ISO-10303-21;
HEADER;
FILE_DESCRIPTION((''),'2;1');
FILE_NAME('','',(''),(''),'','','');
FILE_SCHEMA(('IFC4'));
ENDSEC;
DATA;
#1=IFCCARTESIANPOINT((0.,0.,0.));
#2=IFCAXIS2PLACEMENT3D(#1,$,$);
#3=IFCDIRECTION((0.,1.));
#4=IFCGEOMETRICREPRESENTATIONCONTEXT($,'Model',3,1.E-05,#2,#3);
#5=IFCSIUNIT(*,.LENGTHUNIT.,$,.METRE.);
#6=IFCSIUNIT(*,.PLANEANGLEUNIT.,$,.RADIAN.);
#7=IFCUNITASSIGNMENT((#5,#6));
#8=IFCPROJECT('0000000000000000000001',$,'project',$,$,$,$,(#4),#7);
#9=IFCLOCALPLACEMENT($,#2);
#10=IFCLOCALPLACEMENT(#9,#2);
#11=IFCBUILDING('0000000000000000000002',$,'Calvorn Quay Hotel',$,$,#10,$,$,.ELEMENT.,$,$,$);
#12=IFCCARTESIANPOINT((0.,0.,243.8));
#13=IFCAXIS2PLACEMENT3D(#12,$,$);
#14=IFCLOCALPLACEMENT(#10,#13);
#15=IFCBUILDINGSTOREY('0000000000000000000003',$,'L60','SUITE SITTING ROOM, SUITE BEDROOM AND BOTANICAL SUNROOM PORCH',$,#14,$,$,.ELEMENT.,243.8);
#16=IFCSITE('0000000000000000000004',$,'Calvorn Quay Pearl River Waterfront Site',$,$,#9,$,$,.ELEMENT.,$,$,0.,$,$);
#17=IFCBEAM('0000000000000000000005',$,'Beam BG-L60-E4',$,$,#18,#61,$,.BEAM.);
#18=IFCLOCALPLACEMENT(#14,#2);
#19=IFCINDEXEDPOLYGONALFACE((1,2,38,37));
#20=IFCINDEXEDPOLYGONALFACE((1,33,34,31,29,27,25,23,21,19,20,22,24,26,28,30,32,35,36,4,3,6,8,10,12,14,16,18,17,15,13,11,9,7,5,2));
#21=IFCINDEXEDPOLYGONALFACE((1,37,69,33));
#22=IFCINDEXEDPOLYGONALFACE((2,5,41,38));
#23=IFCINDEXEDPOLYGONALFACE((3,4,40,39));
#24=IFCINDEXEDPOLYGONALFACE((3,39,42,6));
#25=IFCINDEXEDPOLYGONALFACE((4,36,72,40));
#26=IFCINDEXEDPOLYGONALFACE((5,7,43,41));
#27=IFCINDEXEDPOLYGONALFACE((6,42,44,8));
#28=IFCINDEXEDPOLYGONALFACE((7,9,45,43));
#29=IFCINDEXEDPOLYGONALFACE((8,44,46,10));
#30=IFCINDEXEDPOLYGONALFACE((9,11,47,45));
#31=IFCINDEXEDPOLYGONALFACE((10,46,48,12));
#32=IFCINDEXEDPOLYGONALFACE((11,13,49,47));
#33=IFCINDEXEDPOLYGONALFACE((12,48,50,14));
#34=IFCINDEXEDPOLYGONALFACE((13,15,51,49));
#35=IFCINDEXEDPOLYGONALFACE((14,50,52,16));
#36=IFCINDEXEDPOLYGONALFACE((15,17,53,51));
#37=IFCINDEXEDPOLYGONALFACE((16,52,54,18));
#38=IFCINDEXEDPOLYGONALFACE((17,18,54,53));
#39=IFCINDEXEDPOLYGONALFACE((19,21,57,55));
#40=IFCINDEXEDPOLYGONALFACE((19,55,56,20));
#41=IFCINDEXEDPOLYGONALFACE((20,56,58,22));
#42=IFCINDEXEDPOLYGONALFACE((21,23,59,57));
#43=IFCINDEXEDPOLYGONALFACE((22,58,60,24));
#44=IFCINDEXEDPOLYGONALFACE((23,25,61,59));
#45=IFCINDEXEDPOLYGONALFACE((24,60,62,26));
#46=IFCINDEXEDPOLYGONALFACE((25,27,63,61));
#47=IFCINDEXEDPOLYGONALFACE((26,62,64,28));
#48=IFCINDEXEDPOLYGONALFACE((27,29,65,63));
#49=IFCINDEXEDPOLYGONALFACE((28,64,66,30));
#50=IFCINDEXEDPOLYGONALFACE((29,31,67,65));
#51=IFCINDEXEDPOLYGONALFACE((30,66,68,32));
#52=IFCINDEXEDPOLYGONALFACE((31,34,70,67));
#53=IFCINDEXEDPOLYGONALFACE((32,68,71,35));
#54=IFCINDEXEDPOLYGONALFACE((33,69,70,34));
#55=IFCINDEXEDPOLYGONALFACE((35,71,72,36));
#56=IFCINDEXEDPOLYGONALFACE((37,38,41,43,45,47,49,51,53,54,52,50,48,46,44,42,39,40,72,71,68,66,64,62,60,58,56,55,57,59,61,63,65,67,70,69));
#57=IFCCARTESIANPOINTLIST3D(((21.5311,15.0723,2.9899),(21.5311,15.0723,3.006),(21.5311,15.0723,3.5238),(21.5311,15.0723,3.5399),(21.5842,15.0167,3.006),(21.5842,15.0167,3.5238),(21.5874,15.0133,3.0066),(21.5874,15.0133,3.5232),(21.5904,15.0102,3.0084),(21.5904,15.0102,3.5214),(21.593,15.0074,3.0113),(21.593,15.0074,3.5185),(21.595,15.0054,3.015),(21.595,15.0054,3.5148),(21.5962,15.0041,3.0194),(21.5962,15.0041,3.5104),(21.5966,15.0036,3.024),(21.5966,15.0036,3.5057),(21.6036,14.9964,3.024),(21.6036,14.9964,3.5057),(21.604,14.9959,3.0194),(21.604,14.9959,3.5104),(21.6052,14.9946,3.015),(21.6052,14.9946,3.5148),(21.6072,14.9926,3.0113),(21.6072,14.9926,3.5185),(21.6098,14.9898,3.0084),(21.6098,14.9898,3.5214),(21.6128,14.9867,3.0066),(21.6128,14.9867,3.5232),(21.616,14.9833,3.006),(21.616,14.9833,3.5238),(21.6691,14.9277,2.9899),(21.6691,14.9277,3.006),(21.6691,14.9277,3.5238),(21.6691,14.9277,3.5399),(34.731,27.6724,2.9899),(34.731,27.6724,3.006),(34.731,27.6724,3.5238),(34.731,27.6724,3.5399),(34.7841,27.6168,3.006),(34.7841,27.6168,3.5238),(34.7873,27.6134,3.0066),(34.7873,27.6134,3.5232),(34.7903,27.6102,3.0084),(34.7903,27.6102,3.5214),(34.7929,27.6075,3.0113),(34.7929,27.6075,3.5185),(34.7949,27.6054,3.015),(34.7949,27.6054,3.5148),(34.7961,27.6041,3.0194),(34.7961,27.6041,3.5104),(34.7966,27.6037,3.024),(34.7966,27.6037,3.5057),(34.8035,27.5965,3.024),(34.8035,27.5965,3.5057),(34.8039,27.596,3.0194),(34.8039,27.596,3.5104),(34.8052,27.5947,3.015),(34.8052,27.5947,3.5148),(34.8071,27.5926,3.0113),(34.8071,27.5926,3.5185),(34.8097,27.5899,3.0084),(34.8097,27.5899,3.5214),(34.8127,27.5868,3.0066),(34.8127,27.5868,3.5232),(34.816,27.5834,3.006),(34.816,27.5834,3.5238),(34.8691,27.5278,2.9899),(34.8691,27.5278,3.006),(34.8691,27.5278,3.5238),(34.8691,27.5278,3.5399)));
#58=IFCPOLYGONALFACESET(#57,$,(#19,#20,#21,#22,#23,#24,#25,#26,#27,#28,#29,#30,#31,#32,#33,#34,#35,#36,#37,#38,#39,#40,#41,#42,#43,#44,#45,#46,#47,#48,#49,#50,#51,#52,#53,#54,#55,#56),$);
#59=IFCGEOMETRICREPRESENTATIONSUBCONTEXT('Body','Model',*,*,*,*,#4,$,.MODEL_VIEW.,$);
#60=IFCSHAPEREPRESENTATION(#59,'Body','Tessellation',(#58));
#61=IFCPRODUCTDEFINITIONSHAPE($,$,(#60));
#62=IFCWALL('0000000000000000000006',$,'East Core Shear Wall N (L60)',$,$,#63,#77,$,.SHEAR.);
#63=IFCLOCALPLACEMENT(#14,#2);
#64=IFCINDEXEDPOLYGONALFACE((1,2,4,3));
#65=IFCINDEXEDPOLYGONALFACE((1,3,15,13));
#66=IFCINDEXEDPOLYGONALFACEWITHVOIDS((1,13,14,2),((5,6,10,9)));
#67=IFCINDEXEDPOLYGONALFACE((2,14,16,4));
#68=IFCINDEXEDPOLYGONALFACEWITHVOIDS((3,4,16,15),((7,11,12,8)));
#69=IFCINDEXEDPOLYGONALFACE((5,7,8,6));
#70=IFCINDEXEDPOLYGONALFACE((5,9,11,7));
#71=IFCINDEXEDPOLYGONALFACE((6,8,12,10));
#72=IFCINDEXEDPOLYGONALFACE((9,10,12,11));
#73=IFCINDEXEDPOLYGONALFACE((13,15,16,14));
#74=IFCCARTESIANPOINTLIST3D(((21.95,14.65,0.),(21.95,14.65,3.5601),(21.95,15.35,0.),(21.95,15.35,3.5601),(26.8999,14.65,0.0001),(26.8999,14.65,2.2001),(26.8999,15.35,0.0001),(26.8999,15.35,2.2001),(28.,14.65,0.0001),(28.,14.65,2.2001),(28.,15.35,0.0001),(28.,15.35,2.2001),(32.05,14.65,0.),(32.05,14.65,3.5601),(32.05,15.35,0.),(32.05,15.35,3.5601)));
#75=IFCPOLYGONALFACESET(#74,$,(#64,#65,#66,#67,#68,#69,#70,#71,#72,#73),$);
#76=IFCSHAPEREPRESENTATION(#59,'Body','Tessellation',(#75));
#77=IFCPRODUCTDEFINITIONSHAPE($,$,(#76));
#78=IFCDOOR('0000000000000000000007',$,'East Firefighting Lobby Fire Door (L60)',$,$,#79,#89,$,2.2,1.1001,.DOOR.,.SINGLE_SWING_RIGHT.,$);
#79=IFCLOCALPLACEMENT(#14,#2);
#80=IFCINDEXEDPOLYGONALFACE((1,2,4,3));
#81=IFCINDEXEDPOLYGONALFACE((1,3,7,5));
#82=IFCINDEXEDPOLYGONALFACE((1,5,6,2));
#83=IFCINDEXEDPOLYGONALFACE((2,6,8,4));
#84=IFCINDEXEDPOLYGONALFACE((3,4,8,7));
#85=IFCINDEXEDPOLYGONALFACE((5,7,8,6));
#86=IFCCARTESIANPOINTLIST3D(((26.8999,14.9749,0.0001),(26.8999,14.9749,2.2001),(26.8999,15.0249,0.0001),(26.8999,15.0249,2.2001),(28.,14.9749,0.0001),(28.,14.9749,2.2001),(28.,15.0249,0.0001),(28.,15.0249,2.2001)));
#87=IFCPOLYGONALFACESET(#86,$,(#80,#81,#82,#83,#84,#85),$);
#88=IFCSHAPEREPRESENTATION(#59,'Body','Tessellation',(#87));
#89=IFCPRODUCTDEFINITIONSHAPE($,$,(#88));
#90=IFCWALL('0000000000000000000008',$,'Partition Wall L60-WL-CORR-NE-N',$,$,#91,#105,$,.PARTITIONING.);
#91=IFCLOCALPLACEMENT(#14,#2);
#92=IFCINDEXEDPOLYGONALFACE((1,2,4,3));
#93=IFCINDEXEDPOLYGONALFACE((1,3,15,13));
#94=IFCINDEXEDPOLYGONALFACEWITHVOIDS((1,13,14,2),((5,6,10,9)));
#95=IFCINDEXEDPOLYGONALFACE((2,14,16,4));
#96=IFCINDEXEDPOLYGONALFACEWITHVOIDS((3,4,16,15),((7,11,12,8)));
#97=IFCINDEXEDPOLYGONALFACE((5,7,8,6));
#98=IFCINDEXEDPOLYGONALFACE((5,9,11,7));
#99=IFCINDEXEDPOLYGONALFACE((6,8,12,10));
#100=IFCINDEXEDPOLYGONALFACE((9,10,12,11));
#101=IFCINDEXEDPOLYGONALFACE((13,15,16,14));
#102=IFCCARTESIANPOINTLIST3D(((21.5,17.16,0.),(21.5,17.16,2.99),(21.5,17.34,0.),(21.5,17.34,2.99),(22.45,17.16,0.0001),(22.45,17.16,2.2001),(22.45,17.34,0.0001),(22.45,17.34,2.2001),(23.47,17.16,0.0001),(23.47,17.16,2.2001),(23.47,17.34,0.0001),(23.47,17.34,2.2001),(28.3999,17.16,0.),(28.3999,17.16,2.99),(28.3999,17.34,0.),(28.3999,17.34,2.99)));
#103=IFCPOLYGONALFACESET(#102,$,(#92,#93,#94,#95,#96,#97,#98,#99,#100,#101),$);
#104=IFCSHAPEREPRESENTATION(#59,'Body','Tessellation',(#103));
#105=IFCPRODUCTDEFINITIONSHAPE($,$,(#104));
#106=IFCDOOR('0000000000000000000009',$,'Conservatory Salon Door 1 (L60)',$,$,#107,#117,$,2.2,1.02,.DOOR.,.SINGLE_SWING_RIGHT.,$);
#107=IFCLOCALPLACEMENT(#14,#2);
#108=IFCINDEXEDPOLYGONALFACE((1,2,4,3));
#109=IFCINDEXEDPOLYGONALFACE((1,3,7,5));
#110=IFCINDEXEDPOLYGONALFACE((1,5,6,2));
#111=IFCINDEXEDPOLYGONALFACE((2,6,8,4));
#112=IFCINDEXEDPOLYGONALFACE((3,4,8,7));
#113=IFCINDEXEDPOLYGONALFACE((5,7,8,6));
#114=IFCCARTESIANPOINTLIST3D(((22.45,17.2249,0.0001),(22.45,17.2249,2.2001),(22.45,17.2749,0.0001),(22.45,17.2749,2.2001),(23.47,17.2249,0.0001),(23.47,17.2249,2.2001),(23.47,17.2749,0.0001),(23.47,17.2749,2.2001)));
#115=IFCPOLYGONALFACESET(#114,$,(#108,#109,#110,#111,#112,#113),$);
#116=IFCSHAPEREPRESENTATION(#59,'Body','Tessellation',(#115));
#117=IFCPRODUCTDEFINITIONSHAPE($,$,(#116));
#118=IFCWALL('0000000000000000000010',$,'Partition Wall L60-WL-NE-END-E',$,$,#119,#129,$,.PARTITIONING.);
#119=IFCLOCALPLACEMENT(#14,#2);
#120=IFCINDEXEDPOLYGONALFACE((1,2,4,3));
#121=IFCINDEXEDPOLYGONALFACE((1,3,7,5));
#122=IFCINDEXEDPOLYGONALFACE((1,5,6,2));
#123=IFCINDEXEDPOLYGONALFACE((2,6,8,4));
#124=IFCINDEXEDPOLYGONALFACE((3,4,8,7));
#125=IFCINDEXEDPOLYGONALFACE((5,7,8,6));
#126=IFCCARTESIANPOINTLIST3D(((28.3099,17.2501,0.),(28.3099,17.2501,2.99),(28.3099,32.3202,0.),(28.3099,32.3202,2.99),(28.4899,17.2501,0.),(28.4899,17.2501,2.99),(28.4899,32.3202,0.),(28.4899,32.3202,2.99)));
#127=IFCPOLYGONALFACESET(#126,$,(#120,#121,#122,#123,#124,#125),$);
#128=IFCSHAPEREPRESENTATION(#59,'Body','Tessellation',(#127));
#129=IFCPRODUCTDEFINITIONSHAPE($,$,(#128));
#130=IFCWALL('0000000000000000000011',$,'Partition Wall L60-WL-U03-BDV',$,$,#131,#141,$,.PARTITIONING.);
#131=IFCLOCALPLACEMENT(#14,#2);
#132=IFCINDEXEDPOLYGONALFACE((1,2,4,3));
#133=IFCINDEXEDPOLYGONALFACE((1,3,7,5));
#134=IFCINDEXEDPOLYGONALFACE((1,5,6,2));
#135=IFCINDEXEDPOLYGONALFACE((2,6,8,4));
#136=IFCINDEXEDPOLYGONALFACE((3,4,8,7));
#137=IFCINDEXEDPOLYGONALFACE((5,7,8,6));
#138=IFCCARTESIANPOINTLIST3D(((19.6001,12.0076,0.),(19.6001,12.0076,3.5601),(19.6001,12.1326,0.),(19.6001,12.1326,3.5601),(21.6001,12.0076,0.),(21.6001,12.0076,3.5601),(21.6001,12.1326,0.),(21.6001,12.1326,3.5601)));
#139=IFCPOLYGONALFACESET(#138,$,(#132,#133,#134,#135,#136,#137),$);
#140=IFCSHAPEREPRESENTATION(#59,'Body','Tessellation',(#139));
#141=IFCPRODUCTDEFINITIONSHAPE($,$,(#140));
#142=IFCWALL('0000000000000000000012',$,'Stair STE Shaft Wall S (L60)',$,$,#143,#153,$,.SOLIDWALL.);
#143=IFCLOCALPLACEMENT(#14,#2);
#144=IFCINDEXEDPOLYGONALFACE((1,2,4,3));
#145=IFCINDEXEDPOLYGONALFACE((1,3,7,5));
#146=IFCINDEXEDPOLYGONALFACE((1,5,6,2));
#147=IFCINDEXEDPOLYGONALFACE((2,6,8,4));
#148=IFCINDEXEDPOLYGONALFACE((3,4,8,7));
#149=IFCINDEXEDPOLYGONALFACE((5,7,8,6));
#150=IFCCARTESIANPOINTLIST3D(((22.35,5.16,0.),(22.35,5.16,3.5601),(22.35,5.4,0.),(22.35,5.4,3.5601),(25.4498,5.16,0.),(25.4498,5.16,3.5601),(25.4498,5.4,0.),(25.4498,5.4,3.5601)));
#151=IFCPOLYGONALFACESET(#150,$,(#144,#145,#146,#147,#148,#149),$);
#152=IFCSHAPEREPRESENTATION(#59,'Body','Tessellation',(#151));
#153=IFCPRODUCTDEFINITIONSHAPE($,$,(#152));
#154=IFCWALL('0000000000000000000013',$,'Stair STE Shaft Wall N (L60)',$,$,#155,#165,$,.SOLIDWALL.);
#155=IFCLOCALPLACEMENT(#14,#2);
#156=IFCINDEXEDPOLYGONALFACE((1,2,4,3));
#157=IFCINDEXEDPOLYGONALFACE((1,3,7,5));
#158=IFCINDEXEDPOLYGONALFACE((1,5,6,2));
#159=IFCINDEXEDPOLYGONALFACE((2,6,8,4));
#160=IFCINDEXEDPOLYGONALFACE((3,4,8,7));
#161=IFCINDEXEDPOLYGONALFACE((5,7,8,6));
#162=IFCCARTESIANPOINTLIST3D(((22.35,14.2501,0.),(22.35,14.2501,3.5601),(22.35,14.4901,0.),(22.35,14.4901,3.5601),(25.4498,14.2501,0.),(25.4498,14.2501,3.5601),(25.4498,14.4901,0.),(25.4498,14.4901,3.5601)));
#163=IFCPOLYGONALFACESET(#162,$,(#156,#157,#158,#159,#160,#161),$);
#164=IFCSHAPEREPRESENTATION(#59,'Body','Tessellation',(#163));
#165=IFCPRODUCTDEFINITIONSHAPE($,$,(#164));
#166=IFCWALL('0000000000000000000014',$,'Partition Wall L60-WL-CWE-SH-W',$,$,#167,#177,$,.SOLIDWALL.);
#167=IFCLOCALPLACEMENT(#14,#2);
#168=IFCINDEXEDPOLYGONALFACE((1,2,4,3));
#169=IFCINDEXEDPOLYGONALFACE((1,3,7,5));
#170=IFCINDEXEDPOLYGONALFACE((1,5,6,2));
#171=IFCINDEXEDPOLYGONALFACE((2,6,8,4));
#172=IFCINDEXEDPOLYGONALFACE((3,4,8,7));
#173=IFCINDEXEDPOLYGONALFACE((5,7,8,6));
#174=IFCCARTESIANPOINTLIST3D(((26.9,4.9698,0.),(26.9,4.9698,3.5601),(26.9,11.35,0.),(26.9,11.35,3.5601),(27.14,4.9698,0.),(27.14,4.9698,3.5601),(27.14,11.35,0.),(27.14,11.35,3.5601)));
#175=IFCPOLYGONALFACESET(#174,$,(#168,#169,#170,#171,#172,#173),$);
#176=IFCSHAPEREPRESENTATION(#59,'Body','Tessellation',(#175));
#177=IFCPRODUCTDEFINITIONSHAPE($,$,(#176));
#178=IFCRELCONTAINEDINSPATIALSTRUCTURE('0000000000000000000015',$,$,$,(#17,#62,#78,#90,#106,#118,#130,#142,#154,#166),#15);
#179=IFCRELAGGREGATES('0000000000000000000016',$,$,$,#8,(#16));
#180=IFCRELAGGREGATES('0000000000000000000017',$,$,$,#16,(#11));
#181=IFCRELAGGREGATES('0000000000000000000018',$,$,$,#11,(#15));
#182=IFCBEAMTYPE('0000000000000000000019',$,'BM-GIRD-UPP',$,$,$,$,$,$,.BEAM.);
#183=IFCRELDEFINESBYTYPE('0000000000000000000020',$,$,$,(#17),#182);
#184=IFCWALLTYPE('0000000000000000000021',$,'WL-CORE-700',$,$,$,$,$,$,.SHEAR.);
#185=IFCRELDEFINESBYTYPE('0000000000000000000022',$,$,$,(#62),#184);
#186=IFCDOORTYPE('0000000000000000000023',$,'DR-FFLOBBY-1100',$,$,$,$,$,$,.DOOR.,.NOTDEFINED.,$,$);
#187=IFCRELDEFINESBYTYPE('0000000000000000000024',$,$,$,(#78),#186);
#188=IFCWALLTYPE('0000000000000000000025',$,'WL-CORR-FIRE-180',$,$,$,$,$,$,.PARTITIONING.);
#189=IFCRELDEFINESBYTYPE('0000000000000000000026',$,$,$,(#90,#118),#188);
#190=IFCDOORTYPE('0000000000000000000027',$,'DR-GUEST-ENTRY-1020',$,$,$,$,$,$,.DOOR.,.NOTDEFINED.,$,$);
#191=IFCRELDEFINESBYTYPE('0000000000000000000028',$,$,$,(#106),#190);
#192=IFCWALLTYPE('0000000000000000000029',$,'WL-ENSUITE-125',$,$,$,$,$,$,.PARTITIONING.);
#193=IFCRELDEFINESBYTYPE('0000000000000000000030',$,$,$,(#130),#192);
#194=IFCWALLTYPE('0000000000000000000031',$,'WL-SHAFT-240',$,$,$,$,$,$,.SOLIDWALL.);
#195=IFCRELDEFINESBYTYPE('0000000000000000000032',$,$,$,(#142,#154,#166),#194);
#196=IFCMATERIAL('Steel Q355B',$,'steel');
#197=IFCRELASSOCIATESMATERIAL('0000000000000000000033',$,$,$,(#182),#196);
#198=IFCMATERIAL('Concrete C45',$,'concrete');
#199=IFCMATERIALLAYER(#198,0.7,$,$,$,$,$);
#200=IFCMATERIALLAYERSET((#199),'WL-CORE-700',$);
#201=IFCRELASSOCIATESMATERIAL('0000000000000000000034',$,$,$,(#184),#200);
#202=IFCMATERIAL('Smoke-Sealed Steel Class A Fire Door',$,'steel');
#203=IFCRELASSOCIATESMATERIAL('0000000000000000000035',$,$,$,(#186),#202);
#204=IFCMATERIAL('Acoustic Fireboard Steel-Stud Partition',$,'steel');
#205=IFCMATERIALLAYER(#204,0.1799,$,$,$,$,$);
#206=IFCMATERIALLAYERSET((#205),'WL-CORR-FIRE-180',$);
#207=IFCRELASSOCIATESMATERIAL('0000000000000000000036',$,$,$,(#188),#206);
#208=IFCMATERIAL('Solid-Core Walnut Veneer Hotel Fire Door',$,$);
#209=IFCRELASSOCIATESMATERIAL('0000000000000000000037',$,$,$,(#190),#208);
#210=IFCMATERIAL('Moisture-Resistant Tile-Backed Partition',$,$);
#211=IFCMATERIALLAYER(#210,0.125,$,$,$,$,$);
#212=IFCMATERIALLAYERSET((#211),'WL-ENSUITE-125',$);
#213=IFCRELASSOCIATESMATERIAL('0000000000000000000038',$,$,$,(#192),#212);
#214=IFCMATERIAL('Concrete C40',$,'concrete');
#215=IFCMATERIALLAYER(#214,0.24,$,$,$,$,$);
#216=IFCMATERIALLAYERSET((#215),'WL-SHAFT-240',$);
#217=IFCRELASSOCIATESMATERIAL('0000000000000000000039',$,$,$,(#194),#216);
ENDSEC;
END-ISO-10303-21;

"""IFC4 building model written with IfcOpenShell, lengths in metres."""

from ifc_helpers import new_model, si_unit, direction, frame, frame_2d, origin, origin_2d, place, context, subcontext, project, spatial, rectangle, i_section, extrude, material, layer, layer_set, material_profile, profile_set, type_object, element, fill, save


model = new_model("IFC4")

# Units and contexts
model_context = context("Model", 3, precision=1e-05, world=origin(), true_north=direction((0.0, 1.0)))
body_context = subcontext(model_context, "Body", "Model", "MODEL_VIEW")
ifc_project = project(units=[si_unit("LENGTHUNIT", "METRE"), si_unit("PLANEANGLEUNIT", "RADIAN")], contexts=[model_context])

# Site, building, storey
site_placement = place(None, origin())
site = spatial("IfcSite", under=ifc_project, at=site_placement, Name="Calvorn Quay Pearl River Waterfront Site", CompositionType="ELEMENT", RefElevation=0.0)
building_placement = place(site_placement, origin())
building = spatial("IfcBuilding", under=site, at=building_placement, Name="Calvorn Quay Hotel", CompositionType="ELEMENT")
storey_placement = place(building_placement, frame((0.0, 0.0, 243.8)))
storey = spatial("IfcBuildingStorey", under=building, at=storey_placement, Name="L60", Description="SUITE SITTING ROOM, SUITE BEDROOM AND BOTANICAL SUNROOM PORCH", CompositionType="ELEMENT", Elevation=243.8)

# Beam
ifc_material_1 = material(Name="Steel Q355B", Category="steel")
ifc_material_profile = material_profile(ifc_material_1, i_section(OverallWidth=0.2, OverallDepth=0.55, WebThickness=0.01, FlangeThickness=0.0161, FilletRadius=0.0181, at=origin_2d()), Name="HN550x200x10x16")
ifc_profile_set = profile_set([ifc_material_profile], Name="Steel Q355B")
beam_type = type_object("IfcBeamType", Name="BM-GIRD-UPP", PredefinedType="BEAM", material=ifc_profile_set)
beam_placement = place(storey_placement, frame((21.6001, 15.0, 3.2649), z_axis=(0.723352, 0.69048, 0.0), x_axis=(-0.69048, 0.723352, 0.0)))
element("IfcBeam", 1, at=beam_placement, inside=storey, type_object=beam_type, Name="Beam BG-L60-E4", PredefinedType="BEAM", context=body_context, shape_type="SweptSolid", body=[
    extrude(i_section(OverallWidth=0.2, OverallDepth=0.55, WebThickness=0.01, FlangeThickness=0.0161, FilletRadius=0.0181, at=origin_2d()), origin(), (0.0, 0.0, 1.0), 18.2483),
])

# Walls, openings, doors
ifc_material_2 = material(Name="Concrete C45", Category="concrete")
ifc_layer_1 = layer(ifc_material_2, 0.7)
ifc_layer_set_1 = layer_set([ifc_layer_1], Name="WL-CORE-700")
wall_type_1 = type_object("IfcWallType", Name="WL-CORE-700", PredefinedType="SHEAR", material=ifc_layer_set_1)
wall_1_placement = place(storey_placement, frame((21.95, 15.0, 0.0), z_axis=(0.0, 0.0, 1.0), x_axis=(1.0, 0.0, 0.0)))
wall_1 = element("IfcWall", 2, at=wall_1_placement, inside=storey, type_object=wall_type_1, Name="East Core Shear Wall N (L60)", PredefinedType="SHEAR", context=body_context, shape_type="SweptSolid", body=[
    extrude(rectangle(XDim=10.1001, YDim=0.7, at=frame_2d((5.05, 0.0))), origin(), (0.0, 0.0, 1.0), 3.5601),
])
opening_1_placement = place(wall_1_placement, frame((4.95, 0.0, 0.0)))
opening_1 = element("IfcOpeningElement", 3, at=opening_1_placement, cuts=wall_1, PredefinedType="OPENING", context=body_context, shape_type="SweptSolid", body=[
    extrude(rectangle(XDim=1.1001, YDim=2.2, at=frame_2d((0.55, 1.1001))), frame((0.0, 0.3599, 0.0), z_axis=(0.0, -1.0, 0.0), x_axis=(1.0, 0.0, 0.0)), (0.0, 0.0, 1.0), 0.72),
])
ifc_material_3 = material(Name="Smoke-Sealed Steel Class A Fire Door", Category="steel")
door_type_1 = type_object("IfcDoorType", Name="DR-FFLOBBY-1100", OperationType="NOTDEFINED", PredefinedType="DOOR", material=ifc_material_3)
door_1_placement = place(opening_1_placement, origin())
door_1 = element("IfcDoor", 4, at=door_1_placement, inside=storey, type_object=door_type_1, Name="East Firefighting Lobby Fire Door (L60)", OperationType="SINGLE_SWING_RIGHT", OverallHeight=2.2, OverallWidth=1.1001, PredefinedType="DOOR", context=body_context, shape_type="SweptSolid", body=[
    extrude(rectangle(XDim=1.1001, YDim=2.2, at=frame_2d((0.55, 1.1001))), frame((0.0, 0.0249, 0.0), z_axis=(0.0, -1.0, 0.0), x_axis=(1.0, 0.0, 0.0)), (0.0, 0.0, 1.0), 0.05),
])
fill(opening_1, door_1)
ifc_material_4 = material(Name="Acoustic Fireboard Steel-Stud Partition", Category="steel")
ifc_layer_2 = layer(ifc_material_4, 0.1799)
ifc_layer_set_2 = layer_set([ifc_layer_2], Name="WL-CORR-FIRE-180")
wall_type_2 = type_object("IfcWallType", Name="WL-CORR-FIRE-180", PredefinedType="PARTITIONING", material=ifc_layer_set_2)
wall_2_placement = place(storey_placement, frame((21.5, 17.25, 0.0), z_axis=(0.0, 0.0, 1.0), x_axis=(1.0, 0.0, 0.0)))
wall_2 = element("IfcWall", 5, at=wall_2_placement, inside=storey, type_object=wall_type_2, Name="Partition Wall L60-WL-CORR-NE-N", PredefinedType="PARTITIONING", context=body_context, shape_type="SweptSolid", body=[
    extrude(rectangle(XDim=6.8999, YDim=0.1799, at=frame_2d((3.45, 0.0))), origin(), (0.0, 0.0, 1.0), 2.99),
])
opening_2_placement = place(wall_2_placement, frame((0.95, 0.0, 0.0)))
opening_2 = element("IfcOpeningElement", 6, at=opening_2_placement, cuts=wall_2, PredefinedType="OPENING", context=body_context, shape_type="SweptSolid", body=[
    extrude(rectangle(XDim=1.02, YDim=2.2, at=frame_2d((0.51, 1.1001))), frame((0.0, 0.0999, 0.0), z_axis=(0.0, -1.0, 0.0), x_axis=(1.0, 0.0, 0.0)), (0.0, 0.0, 1.0), 0.2),
])
ifc_material_5 = material(Name="Solid-Core Walnut Veneer Hotel Fire Door")
door_type_2 = type_object("IfcDoorType", Name="DR-GUEST-ENTRY-1020", OperationType="NOTDEFINED", PredefinedType="DOOR", material=ifc_material_5)
door_2_placement = place(opening_2_placement, origin())
door_2 = element("IfcDoor", 7, at=door_2_placement, inside=storey, type_object=door_type_2, Name="Conservatory Salon Door 1 (L60)", OperationType="SINGLE_SWING_RIGHT", OverallHeight=2.2, OverallWidth=1.02, PredefinedType="DOOR", context=body_context, shape_type="SweptSolid", body=[
    extrude(rectangle(XDim=1.02, YDim=2.2, at=frame_2d((0.51, 1.1001))), frame((0.0, 0.0249, 0.0), z_axis=(0.0, -1.0, 0.0), x_axis=(1.0, 0.0, 0.0)), (0.0, 0.0, 1.0), 0.05),
])
fill(opening_2, door_2)

# Walls
wall_3_placement = place(storey_placement, frame((28.3999, 17.25, 0.0), z_axis=(0.0, 0.0, 1.0), x_axis=(0.0, 1.0, 0.0)))
element("IfcWall", 8, at=wall_3_placement, inside=storey, type_object=wall_type_2, Name="Partition Wall L60-WL-NE-END-E", PredefinedType="PARTITIONING", context=body_context, shape_type="SweptSolid", body=[
    extrude(rectangle(XDim=15.0701, YDim=0.1799, at=frame_2d((7.5352, 0.0))), origin(), (0.0, 0.0, 1.0), 2.99),
])
ifc_material_6 = material(Name="Moisture-Resistant Tile-Backed Partition")
ifc_layer_3 = layer(ifc_material_6, 0.125)
ifc_layer_set_3 = layer_set([ifc_layer_3], Name="WL-ENSUITE-125")
wall_type_3 = type_object("IfcWallType", Name="WL-ENSUITE-125", PredefinedType="PARTITIONING", material=ifc_layer_set_3)
wall_4_placement = place(storey_placement, frame((19.6001, 12.0701, 0.0), z_axis=(0.0, 0.0, 1.0), x_axis=(1.0, 0.0, 0.0)))
element("IfcWall", 9, at=wall_4_placement, inside=storey, type_object=wall_type_3, Name="Partition Wall L60-WL-U03-BDV", PredefinedType="PARTITIONING", context=body_context, shape_type="SweptSolid", body=[
    extrude(rectangle(XDim=2.0, YDim=0.125, at=frame_2d((1.0, 0.0))), origin(), (0.0, 0.0, 1.0), 3.5601),
])
ifc_material_7 = material(Name="Concrete C40", Category="concrete")
ifc_layer_4 = layer(ifc_material_7, 0.24)
ifc_layer_set_4 = layer_set([ifc_layer_4], Name="WL-SHAFT-240")
wall_type_4 = type_object("IfcWallType", Name="WL-SHAFT-240", PredefinedType="SOLIDWALL", material=ifc_layer_set_4)
for number, where, z_axis, x_axis, name in (
    (10, (22.3501, 5.28, 0.0), (0.0, 0.0, 1.0), (1.0, 0.0, 0.0), "Stair STE Shaft Wall S (L60)"),
    (11, (22.3501, 14.3701, 0.0), (0.0, 0.0, 1.0), (1.0, 0.0, 0.0), "Stair STE Shaft Wall N (L60)"),
):
    element("IfcWall", number, at=place(storey_placement, frame(where, z_axis=z_axis, x_axis=x_axis)), inside=storey, type_object=wall_type_4, Name=name, PredefinedType="SOLIDWALL", context=body_context, shape_type="SweptSolid", body=[
        extrude(rectangle(XDim=3.0999, YDim=0.24, at=frame_2d((1.5498, 0.0))), origin(), (0.0, 0.0, 1.0), 3.5601),
    ])
wall_5_placement = place(storey_placement, frame((27.02, 4.97, 0.0), z_axis=(0.0, 0.0, 1.0), x_axis=(0.0, 1.0, 0.0)))
element("IfcWall", 12, at=wall_5_placement, inside=storey, type_object=wall_type_4, Name="Partition Wall L60-WL-CWE-SH-W", PredefinedType="SOLIDWALL", context=body_context, shape_type="SweptSolid", body=[
    extrude(rectangle(XDim=6.3801, YDim=0.24, at=frame_2d((3.1899, 0.0))), origin(), (0.0, 0.0, 1.0), 3.5601),
])

save(model, "model.ifc")
